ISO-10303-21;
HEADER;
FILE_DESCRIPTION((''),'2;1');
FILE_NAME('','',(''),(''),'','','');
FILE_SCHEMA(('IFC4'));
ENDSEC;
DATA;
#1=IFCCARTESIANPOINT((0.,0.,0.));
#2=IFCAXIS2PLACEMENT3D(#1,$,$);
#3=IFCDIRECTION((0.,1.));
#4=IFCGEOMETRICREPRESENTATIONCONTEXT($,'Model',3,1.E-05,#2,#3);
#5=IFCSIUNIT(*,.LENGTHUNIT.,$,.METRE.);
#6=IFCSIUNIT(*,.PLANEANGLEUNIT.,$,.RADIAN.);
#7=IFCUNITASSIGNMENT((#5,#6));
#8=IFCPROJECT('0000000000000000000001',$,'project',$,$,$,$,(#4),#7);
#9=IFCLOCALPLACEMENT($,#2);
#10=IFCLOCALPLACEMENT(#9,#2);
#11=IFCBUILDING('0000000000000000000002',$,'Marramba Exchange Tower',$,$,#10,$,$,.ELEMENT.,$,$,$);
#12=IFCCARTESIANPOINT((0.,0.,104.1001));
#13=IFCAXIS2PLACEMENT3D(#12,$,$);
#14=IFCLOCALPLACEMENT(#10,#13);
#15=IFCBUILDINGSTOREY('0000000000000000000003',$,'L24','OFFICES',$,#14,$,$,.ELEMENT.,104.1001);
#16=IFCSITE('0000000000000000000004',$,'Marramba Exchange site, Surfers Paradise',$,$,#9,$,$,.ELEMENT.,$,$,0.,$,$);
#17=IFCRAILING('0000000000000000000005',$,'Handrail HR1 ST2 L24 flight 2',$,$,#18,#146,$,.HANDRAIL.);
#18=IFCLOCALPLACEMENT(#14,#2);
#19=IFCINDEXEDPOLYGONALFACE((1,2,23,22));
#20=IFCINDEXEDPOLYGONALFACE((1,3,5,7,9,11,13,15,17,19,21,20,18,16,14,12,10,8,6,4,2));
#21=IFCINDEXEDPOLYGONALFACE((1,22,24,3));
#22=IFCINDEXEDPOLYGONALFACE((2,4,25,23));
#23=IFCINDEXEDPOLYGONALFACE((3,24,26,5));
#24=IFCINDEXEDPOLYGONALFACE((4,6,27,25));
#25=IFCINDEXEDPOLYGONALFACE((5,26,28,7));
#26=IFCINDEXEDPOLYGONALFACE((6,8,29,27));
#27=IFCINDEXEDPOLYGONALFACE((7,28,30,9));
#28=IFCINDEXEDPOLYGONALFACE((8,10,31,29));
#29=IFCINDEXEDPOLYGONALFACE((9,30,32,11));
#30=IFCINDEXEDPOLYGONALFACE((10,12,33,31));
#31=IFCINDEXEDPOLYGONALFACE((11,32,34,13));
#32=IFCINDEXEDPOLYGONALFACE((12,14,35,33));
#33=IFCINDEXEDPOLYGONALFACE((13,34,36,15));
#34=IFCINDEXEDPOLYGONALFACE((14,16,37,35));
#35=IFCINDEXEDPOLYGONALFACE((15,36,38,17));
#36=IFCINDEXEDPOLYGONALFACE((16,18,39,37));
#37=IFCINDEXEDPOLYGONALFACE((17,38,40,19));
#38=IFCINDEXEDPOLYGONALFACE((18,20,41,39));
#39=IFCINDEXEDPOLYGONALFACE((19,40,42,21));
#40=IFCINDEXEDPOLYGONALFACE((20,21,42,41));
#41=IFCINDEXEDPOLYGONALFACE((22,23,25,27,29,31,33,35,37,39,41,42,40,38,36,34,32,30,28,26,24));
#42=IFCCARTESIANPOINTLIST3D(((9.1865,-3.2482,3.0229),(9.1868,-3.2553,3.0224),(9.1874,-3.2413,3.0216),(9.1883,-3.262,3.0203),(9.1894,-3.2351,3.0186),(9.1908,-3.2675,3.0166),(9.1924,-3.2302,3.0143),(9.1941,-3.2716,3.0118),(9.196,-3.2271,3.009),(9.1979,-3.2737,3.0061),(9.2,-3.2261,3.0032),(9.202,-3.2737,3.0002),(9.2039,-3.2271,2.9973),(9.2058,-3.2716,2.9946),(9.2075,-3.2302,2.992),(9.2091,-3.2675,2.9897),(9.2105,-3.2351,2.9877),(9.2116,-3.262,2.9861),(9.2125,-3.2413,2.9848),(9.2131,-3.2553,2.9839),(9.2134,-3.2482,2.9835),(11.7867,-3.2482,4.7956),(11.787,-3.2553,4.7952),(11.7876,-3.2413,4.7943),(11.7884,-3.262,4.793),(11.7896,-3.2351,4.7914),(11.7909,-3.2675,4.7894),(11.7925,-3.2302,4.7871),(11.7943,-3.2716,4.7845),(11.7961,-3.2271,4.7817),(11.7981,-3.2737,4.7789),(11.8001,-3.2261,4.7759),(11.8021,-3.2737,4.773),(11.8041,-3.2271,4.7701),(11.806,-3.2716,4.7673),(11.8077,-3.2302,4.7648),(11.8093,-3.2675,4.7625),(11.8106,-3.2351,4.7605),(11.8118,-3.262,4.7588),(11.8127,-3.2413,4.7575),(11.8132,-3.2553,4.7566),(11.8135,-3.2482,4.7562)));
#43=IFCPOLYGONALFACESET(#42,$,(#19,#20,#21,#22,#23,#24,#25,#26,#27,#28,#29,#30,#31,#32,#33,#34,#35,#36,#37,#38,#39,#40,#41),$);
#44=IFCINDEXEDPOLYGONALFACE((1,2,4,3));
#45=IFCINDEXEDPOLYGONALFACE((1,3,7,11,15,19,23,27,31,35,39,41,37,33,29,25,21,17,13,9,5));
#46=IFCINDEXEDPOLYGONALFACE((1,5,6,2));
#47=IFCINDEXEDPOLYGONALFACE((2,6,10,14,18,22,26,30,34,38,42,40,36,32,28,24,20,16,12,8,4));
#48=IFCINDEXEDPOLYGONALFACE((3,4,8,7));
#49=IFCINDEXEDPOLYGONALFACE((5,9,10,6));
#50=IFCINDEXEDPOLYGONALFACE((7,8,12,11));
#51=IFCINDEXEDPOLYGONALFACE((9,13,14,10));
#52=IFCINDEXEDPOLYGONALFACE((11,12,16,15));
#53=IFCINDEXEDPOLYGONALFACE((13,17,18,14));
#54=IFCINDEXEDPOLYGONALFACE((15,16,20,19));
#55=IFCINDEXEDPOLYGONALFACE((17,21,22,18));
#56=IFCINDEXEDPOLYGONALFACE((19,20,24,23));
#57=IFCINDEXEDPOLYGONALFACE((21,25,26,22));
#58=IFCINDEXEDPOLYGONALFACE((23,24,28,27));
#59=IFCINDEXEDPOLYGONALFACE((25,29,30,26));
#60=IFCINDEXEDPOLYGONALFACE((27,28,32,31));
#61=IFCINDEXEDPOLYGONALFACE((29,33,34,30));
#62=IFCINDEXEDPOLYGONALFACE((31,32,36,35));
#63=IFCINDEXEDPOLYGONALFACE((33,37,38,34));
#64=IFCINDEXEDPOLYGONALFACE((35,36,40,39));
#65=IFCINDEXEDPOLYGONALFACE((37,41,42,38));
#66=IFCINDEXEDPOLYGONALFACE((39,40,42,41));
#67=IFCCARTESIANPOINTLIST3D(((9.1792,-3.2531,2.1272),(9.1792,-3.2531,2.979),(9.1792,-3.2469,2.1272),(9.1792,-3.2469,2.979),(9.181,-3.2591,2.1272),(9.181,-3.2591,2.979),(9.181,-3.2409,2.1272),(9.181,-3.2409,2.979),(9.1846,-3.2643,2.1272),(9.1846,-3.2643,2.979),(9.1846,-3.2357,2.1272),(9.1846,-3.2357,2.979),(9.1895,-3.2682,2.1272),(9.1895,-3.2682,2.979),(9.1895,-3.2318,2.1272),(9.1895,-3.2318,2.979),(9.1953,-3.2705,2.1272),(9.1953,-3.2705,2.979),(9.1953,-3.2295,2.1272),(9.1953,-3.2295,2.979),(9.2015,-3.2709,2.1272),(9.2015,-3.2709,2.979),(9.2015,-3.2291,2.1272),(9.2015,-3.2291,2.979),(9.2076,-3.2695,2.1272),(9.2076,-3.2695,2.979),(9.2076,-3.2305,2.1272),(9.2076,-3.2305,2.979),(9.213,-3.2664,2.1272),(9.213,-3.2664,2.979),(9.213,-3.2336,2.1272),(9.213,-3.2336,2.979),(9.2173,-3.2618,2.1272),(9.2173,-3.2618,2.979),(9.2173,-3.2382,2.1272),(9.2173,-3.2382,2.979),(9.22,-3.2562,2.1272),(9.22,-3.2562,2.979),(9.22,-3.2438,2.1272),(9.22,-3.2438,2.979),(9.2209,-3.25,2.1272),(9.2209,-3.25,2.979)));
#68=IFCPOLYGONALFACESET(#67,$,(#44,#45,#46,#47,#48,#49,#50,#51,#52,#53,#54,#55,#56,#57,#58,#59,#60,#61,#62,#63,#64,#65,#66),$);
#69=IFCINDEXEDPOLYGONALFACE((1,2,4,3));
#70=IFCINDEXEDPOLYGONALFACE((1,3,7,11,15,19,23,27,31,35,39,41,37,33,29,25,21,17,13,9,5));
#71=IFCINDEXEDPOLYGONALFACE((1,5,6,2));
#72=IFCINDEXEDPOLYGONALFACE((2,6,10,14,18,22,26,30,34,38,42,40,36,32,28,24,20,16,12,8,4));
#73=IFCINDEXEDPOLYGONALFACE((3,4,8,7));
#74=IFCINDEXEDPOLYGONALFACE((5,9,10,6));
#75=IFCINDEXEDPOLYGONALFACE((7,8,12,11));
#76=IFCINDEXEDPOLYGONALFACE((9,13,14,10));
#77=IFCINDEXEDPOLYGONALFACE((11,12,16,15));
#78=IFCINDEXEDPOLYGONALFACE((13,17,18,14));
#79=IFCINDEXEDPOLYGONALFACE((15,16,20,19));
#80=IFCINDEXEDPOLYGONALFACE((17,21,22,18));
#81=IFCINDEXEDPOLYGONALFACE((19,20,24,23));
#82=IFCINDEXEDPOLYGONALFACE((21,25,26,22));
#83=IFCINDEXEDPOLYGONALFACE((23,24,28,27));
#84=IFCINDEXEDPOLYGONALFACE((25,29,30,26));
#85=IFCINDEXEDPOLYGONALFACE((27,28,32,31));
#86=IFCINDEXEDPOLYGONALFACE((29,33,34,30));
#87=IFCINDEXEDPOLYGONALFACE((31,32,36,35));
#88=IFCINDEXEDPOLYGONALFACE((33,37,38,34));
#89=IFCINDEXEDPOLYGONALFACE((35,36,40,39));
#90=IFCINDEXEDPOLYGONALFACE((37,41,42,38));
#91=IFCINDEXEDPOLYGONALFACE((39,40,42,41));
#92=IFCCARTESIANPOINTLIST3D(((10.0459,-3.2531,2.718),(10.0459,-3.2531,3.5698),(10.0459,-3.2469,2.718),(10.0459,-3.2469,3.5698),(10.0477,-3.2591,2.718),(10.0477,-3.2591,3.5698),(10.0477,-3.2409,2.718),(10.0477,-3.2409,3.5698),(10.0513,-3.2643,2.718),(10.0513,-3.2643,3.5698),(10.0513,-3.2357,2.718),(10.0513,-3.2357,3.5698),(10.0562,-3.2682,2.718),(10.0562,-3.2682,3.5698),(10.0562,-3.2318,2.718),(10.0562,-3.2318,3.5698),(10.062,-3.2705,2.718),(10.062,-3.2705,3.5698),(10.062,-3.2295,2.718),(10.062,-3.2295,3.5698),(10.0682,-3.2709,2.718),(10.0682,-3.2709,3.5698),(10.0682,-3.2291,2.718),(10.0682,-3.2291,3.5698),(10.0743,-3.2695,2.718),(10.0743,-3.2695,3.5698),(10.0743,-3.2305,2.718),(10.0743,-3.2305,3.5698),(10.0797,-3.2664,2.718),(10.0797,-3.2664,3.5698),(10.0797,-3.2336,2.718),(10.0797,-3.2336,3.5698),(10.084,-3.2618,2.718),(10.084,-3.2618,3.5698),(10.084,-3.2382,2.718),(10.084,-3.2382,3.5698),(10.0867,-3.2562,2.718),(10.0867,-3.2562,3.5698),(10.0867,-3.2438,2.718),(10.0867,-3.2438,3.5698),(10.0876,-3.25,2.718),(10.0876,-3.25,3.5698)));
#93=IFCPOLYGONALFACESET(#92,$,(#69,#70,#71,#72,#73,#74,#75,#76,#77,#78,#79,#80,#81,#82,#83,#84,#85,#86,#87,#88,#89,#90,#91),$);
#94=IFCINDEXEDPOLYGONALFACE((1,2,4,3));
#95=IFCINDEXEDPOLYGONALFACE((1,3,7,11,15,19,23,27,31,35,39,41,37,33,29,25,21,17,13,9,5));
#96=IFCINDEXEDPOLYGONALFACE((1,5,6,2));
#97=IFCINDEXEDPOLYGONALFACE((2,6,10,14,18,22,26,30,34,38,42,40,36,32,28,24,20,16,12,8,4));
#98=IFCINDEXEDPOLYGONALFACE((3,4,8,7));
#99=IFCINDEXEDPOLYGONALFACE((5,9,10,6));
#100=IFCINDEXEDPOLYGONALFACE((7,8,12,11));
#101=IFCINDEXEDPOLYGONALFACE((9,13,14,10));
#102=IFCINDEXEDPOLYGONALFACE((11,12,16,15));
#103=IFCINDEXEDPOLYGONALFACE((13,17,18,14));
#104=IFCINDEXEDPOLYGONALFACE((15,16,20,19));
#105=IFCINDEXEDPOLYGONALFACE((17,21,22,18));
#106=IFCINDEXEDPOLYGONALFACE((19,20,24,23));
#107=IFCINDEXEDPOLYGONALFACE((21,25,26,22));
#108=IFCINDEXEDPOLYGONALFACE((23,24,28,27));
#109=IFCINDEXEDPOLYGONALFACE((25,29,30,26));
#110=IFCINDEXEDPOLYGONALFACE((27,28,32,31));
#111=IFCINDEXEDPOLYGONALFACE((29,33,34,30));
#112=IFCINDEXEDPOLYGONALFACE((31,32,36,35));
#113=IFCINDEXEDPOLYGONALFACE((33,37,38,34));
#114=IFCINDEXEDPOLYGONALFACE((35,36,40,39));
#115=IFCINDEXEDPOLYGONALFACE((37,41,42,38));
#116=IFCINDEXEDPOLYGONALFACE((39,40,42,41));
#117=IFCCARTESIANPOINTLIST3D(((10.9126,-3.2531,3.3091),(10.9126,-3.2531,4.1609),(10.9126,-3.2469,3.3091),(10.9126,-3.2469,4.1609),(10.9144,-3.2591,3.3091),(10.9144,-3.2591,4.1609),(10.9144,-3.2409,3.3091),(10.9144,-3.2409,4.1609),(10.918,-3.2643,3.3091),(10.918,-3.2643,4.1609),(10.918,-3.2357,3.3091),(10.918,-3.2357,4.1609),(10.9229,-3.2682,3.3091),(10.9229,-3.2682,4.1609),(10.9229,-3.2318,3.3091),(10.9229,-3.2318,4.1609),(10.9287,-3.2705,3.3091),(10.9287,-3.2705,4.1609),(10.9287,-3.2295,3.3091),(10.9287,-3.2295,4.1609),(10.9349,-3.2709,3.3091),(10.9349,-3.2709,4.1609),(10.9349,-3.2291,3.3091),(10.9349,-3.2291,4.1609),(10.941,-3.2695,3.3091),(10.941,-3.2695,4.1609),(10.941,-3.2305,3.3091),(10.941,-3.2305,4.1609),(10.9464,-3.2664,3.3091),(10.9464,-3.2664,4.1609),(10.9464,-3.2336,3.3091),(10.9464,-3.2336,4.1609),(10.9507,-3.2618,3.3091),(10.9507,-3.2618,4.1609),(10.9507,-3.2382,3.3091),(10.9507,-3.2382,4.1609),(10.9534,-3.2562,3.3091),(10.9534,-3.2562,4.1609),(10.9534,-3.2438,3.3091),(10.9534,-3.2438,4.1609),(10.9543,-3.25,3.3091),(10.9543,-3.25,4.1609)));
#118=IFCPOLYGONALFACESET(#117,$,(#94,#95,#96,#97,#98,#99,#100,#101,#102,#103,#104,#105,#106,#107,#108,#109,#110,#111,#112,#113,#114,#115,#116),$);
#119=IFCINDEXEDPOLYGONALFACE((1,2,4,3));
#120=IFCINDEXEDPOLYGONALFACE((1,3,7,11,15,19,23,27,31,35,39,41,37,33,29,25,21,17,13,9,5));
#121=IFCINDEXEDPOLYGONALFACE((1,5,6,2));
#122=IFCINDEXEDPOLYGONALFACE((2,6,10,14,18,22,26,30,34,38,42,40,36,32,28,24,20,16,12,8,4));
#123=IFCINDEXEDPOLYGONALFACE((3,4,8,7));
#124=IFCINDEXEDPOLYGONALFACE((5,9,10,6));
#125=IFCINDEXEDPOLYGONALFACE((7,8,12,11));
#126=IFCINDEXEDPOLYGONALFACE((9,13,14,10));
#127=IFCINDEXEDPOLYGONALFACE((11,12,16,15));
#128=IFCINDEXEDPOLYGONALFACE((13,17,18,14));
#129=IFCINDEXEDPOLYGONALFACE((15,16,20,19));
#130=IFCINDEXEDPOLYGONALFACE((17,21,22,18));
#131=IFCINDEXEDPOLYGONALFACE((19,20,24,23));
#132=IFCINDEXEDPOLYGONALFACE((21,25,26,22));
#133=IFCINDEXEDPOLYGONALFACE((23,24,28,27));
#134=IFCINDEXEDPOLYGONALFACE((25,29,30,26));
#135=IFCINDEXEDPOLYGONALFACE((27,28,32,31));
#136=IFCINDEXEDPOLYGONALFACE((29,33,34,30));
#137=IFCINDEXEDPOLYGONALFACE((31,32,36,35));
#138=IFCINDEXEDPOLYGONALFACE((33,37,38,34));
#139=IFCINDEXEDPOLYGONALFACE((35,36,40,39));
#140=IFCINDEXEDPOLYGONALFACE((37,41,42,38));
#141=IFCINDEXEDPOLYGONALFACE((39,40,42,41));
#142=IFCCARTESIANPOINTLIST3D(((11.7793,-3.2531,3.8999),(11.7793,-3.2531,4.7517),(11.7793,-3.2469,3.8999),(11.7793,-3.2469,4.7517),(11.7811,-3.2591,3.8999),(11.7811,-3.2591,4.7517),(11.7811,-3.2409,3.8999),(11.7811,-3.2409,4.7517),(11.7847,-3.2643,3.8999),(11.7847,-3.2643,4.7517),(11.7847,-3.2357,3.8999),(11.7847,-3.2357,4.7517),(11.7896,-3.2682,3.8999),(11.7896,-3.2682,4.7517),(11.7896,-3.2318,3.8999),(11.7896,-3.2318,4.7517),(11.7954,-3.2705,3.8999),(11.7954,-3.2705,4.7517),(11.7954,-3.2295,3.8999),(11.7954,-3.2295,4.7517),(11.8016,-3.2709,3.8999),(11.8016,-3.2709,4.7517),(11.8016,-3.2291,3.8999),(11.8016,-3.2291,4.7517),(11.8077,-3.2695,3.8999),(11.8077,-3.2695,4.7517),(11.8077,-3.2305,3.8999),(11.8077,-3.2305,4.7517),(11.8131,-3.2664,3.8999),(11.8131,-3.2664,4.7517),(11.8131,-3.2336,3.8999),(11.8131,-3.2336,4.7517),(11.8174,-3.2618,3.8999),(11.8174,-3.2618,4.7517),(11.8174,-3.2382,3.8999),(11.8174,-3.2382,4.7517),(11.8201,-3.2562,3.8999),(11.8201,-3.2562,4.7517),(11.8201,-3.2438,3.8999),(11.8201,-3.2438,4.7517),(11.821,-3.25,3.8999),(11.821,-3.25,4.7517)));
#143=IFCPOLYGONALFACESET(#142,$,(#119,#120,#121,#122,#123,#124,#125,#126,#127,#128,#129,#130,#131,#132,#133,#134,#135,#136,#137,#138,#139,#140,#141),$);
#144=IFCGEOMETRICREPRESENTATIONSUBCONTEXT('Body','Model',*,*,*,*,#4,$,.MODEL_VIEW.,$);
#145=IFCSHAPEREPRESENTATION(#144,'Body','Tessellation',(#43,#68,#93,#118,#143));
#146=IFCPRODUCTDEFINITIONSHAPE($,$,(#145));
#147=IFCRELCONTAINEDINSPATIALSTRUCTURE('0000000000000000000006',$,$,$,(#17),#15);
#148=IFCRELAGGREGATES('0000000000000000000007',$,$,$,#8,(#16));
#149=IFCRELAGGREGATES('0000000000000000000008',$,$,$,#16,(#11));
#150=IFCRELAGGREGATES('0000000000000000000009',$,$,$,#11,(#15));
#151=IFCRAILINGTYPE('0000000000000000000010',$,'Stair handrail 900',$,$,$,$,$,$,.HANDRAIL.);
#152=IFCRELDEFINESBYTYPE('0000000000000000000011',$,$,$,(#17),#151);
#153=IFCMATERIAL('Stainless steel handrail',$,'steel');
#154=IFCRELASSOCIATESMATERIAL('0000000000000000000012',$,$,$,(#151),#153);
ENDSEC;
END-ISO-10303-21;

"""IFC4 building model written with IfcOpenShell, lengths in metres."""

from ifc_helpers import new_model, si_unit, direction, frame, origin, origin_2d, place, context, subcontext, project, spatial, circle, extrude, material, type_object, element, save


model = new_model("IFC4")

# Units and contexts
model_context = context("Model", 3, precision=1e-05, world=origin(), true_north=direction((0.0, 1.0)))
body_context = subcontext(model_context, "Body", "Model", "MODEL_VIEW")
ifc_project = project(units=[si_unit("LENGTHUNIT", "METRE"), si_unit("PLANEANGLEUNIT", "RADIAN")], contexts=[model_context])

# Site, building, storey
site_placement = place(None, origin())
site = spatial("IfcSite", under=ifc_project, at=site_placement, Name="Marramba Exchange site, Surfers Paradise", CompositionType="ELEMENT", RefElevation=0.0)
building_placement = place(site_placement, origin())
building = spatial("IfcBuilding", under=site, at=building_placement, Name="Marramba Exchange Tower", CompositionType="ELEMENT")
storey_placement = place(building_placement, frame((0.0, 0.0, 104.1001)))
storey = spatial("IfcBuildingStorey", under=building, at=storey_placement, Name="L24", Description="OFFICES", CompositionType="ELEMENT", Elevation=104.1001)

# Railing
ifc_material_1 = material(Name="Stainless steel handrail", Category="steel")
railing_type = type_object("IfcRailingType", Name="Stair handrail 900", PredefinedType="HANDRAIL", material=ifc_material_1)
railing_placement = place(storey_placement, frame((9.2, -3.25, 2.1272)))
element("IfcRailing", 1, at=railing_placement, inside=storey, type_object=railing_type, Name="Handrail HR1 ST2 L24 flight 2", PredefinedType="HANDRAIL", context=body_context, shape_type="SweptSolid", body=[
    extrude(circle(Radius=0.0239, at=origin_2d()), frame((0.0, 0.0, 0.876), z_axis=(0.82624, 0.0, 0.563318), x_axis=(0.0, 1.0, 0.0)), (0.0, 0.0, 1.0), 3.147),
    extrude(circle(Radius=0.021, at=origin_2d()), origin(), (0.0, 0.0, 1.0), 0.8518),
    extrude(circle(Radius=0.021, at=origin_2d()), frame((0.8667, 0.0, 0.5908)), (0.0, 0.0, 1.0), 0.8518),
    extrude(circle(Radius=0.021, at=origin_2d()), frame((1.7334, 0.0, 1.1819)), (0.0, 0.0, 1.0), 0.8518),
    extrude(circle(Radius=0.021, at=origin_2d()), frame((2.6001, 0.0, 1.7727)), (0.0, 0.0, 1.0), 0.8518),
])

save(model, "model.ifc")
